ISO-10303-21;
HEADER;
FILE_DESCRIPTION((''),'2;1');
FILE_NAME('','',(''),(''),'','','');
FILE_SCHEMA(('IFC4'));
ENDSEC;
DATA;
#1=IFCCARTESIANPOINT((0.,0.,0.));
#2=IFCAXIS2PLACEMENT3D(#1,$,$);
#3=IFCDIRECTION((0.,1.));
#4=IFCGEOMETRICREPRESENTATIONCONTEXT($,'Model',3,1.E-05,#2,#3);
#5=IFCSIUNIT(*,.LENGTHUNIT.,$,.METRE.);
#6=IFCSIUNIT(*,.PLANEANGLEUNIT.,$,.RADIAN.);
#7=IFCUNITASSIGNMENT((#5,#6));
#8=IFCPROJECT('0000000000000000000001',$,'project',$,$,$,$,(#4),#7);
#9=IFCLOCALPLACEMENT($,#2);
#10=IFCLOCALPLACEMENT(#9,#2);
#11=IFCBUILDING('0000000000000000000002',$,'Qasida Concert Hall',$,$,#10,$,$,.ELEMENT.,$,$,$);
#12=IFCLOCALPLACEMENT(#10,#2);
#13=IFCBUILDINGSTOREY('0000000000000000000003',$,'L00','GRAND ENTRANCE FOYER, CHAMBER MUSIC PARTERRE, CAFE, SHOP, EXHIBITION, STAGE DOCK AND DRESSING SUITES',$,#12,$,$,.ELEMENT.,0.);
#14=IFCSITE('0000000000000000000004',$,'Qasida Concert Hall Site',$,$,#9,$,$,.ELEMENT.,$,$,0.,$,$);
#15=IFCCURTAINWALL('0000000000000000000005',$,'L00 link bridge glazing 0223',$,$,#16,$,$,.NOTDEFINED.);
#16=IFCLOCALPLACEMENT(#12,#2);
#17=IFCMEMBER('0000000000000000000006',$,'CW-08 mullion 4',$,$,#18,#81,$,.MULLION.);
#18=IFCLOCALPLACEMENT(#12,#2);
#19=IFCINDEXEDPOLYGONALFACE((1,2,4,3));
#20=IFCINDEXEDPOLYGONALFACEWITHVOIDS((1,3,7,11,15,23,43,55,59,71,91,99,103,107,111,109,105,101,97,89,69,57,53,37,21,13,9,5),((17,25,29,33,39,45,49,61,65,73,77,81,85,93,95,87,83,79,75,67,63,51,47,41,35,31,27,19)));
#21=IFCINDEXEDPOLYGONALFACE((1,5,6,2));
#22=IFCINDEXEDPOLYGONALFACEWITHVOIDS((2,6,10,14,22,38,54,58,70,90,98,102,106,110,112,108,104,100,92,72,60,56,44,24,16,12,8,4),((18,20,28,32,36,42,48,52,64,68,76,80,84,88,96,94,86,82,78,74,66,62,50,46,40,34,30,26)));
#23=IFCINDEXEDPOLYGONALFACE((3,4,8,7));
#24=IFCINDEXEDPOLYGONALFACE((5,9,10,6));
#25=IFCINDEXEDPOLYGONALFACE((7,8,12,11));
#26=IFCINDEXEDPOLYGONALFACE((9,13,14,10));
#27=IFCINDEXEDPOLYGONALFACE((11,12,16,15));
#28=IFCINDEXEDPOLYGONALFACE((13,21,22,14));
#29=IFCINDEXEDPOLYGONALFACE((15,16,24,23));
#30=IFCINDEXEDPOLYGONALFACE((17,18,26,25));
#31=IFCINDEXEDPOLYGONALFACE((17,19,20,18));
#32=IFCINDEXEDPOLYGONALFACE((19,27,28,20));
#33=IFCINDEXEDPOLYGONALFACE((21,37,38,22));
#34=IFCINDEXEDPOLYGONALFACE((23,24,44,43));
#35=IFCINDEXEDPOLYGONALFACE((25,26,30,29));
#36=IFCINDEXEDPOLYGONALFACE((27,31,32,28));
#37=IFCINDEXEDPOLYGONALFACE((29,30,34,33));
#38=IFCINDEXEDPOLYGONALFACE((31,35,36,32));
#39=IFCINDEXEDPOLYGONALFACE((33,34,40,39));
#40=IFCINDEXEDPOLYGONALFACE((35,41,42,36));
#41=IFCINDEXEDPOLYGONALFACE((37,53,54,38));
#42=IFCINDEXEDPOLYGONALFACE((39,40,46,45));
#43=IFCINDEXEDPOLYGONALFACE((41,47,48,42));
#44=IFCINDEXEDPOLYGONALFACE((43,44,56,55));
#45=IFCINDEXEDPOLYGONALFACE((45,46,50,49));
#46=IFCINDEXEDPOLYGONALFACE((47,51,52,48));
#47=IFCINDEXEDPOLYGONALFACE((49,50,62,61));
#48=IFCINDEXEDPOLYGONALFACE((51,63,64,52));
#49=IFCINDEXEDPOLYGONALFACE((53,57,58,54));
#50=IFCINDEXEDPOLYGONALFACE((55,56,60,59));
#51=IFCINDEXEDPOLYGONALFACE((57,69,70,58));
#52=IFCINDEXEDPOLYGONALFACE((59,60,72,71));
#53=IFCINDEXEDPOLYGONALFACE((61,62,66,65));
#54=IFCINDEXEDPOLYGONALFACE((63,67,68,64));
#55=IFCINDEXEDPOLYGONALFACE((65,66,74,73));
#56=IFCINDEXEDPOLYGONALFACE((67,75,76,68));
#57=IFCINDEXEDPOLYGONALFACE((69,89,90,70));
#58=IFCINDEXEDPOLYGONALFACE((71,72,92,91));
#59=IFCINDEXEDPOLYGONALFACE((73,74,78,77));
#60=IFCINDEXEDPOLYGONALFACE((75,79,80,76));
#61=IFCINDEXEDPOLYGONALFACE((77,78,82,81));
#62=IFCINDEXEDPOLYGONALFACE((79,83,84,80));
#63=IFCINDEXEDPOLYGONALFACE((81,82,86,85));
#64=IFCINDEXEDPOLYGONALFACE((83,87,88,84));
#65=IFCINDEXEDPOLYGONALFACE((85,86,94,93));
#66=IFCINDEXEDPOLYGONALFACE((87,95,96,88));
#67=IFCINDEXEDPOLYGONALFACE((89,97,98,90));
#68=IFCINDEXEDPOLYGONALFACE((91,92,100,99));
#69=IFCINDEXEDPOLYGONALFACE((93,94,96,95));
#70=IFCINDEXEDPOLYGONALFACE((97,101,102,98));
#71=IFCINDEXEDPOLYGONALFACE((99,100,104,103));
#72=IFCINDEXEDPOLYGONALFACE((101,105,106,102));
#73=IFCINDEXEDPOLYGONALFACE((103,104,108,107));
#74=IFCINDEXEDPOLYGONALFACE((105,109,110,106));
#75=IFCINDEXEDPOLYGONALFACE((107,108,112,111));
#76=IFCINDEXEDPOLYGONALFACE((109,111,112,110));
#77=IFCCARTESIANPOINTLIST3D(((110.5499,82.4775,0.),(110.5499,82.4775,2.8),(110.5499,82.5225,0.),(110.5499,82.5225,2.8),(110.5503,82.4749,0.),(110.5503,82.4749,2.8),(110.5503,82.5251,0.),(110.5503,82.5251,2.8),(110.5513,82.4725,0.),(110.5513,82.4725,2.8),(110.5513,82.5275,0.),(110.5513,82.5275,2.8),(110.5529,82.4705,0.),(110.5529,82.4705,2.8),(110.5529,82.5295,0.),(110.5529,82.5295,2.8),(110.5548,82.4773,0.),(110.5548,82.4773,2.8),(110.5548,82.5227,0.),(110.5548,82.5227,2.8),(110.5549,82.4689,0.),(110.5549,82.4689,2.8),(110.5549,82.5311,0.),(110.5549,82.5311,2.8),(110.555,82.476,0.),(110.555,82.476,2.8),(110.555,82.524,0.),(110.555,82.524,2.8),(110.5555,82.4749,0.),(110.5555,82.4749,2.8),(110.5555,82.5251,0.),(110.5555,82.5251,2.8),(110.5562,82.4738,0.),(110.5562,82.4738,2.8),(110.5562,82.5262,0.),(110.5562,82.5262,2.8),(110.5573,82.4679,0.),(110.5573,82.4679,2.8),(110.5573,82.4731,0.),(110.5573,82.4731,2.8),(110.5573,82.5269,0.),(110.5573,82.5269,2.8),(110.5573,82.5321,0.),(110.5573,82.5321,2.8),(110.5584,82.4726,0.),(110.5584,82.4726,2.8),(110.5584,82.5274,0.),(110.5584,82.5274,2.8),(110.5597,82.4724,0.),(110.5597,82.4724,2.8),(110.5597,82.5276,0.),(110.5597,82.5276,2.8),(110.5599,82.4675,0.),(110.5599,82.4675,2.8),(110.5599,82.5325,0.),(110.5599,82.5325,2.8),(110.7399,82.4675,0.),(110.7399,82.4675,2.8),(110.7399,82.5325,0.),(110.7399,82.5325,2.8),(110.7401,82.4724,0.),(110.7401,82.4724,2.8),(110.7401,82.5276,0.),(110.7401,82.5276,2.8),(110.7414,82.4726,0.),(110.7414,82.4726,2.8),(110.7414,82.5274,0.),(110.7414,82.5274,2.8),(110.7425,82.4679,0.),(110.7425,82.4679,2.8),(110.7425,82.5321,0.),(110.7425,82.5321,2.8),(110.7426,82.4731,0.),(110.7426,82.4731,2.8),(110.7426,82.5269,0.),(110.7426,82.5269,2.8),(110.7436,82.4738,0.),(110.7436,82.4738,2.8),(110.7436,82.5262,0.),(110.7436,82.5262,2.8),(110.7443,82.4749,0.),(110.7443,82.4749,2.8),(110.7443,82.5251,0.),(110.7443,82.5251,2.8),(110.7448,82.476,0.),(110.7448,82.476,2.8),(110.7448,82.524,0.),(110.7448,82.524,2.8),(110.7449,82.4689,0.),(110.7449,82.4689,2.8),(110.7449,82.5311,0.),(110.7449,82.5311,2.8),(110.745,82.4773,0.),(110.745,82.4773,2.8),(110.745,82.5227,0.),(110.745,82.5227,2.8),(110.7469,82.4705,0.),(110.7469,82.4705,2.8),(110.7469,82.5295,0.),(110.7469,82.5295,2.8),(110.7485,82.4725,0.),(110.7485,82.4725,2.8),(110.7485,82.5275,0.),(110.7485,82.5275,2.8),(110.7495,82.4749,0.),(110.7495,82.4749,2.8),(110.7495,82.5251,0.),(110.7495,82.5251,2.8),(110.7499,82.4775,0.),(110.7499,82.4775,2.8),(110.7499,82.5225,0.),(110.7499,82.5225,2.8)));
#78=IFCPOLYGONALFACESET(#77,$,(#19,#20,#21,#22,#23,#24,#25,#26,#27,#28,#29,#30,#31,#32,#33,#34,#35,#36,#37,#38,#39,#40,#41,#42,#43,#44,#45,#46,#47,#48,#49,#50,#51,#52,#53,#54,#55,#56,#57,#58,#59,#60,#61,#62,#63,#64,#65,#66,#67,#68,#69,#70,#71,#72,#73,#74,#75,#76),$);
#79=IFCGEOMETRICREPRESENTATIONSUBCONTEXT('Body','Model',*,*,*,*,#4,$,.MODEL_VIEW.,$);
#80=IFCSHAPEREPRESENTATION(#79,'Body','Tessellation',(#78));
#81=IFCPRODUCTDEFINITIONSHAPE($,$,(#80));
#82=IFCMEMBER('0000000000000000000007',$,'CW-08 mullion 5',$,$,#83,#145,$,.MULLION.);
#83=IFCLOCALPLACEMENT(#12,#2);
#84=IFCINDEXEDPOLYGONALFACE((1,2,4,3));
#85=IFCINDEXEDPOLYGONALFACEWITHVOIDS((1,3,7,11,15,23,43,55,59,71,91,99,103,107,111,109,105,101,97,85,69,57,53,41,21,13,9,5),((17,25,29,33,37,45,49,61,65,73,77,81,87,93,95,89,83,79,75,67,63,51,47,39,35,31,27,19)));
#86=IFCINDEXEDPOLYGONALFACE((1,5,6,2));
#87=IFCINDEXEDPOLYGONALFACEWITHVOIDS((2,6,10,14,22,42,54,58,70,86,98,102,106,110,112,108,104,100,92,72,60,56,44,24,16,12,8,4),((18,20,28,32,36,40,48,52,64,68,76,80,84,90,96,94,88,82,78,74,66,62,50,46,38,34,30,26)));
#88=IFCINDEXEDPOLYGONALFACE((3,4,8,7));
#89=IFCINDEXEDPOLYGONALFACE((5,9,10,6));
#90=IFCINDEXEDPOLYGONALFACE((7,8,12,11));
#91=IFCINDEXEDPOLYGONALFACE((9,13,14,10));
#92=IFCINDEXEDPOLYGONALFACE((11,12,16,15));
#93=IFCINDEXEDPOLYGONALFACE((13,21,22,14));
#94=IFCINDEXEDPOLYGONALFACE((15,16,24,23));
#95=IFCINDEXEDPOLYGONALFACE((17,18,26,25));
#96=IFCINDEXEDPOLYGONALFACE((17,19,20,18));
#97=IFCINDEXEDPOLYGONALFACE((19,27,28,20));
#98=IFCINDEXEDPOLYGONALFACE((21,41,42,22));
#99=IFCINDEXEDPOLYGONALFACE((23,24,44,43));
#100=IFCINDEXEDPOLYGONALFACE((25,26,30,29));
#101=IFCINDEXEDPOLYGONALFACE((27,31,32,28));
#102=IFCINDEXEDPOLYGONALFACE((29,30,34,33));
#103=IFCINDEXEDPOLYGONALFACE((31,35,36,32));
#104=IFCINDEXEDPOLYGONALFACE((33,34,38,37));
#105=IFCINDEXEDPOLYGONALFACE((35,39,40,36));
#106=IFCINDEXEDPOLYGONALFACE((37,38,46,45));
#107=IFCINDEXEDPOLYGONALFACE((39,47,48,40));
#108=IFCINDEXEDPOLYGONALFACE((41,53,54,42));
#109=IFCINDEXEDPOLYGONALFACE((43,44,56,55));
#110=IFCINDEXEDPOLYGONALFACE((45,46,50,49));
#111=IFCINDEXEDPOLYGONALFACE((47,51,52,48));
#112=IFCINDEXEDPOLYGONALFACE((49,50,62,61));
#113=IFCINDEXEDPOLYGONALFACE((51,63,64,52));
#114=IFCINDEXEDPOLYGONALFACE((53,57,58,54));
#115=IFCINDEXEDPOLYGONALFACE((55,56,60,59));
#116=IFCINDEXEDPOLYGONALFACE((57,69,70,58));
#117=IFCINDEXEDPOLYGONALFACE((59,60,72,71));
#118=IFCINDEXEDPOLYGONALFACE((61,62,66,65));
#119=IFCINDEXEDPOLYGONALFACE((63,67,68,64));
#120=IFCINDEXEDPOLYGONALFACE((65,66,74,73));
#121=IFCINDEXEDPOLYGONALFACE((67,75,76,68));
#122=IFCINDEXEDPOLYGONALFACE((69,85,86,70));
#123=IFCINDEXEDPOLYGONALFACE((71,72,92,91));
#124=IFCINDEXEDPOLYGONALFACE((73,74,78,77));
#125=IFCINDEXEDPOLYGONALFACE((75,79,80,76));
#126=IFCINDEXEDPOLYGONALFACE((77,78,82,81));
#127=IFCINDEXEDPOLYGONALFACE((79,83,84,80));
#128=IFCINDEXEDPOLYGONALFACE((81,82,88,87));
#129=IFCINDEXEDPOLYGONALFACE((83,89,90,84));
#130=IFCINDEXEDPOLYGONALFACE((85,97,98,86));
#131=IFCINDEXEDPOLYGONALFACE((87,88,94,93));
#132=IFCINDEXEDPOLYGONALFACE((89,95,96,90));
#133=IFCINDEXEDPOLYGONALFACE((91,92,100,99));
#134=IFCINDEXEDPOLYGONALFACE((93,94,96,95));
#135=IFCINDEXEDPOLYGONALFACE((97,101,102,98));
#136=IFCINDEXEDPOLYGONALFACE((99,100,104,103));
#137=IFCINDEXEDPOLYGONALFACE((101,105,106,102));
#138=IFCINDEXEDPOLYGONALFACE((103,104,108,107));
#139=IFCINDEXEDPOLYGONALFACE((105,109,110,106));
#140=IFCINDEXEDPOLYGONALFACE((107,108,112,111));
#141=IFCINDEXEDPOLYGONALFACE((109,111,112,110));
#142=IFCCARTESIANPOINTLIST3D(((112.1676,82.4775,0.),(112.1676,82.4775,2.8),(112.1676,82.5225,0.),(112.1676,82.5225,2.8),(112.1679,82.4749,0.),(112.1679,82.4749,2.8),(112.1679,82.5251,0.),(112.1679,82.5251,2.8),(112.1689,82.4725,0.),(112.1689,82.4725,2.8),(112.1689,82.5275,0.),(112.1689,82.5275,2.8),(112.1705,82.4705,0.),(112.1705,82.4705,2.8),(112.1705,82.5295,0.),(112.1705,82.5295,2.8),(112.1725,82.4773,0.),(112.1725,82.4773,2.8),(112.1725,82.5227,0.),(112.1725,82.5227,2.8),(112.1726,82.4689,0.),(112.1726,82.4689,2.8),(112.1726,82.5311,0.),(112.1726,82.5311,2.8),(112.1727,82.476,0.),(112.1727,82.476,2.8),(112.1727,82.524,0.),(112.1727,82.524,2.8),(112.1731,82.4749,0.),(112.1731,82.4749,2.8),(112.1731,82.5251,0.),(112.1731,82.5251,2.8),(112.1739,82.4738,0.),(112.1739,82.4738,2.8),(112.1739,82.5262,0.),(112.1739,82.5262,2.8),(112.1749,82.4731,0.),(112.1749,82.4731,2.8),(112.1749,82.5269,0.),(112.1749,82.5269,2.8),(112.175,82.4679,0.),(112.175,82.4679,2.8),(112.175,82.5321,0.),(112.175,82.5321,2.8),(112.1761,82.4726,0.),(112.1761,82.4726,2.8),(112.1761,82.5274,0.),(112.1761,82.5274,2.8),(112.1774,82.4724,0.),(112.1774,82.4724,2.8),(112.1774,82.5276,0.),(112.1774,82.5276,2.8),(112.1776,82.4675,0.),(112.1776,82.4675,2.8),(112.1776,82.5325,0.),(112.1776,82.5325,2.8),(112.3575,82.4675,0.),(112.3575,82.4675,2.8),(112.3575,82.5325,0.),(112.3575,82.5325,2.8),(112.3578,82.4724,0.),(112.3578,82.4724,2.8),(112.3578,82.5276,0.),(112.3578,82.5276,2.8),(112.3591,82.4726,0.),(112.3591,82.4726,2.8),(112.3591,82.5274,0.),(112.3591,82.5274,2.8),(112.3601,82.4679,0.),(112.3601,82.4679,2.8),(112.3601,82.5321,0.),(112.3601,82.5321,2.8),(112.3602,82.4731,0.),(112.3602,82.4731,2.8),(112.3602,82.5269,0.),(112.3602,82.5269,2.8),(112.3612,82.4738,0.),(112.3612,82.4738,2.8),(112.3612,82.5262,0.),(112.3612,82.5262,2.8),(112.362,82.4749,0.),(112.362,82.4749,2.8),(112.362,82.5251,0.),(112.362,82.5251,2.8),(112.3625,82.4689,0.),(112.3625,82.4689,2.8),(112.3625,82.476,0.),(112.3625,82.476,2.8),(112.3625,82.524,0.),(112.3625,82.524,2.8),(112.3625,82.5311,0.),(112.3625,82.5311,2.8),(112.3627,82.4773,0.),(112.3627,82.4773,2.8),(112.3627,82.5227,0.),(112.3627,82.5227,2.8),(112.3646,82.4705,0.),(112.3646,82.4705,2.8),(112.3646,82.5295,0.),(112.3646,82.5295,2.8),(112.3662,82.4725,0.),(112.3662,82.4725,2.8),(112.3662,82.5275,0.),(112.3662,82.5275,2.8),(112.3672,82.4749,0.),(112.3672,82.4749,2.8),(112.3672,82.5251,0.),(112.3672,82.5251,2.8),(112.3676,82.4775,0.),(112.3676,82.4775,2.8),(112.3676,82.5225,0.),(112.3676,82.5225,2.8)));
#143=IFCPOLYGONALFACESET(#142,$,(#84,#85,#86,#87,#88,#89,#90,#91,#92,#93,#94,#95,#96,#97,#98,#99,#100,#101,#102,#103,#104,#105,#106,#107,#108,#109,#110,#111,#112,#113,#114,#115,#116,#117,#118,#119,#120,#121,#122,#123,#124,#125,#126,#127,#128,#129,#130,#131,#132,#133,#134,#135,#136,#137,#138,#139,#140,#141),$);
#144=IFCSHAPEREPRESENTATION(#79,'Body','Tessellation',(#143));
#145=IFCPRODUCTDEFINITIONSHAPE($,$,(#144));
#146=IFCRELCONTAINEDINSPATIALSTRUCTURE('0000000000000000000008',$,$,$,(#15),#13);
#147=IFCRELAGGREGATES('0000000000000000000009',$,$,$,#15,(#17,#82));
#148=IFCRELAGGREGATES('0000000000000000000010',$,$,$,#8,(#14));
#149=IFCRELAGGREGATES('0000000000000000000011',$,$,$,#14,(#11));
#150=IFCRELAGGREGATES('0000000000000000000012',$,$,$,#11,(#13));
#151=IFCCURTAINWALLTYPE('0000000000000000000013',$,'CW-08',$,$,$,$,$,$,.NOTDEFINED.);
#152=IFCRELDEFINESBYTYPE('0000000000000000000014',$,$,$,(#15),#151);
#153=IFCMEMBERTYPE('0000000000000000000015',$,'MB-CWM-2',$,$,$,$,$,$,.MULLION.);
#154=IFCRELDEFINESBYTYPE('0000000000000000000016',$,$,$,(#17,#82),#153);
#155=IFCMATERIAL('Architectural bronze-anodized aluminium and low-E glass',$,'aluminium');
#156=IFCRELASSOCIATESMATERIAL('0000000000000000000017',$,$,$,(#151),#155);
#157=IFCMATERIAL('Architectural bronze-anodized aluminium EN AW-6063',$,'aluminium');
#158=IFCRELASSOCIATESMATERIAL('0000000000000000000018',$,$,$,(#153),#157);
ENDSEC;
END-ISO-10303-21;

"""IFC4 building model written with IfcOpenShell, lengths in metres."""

from ifc_helpers import new_model, si_unit, direction, frame, origin, origin_2d, place, context, subcontext, project, spatial, hollow_rectangle, extrude, material, material_profile, profile_set, type_object, element, aggregate, save


model = new_model("IFC4")

# Units and contexts
model_context = context("Model", 3, precision=1e-05, world=origin(), true_north=direction((0.0, 1.0)))
body_context = subcontext(model_context, "Body", "Model", "MODEL_VIEW")
ifc_project = project(units=[si_unit("LENGTHUNIT", "METRE"), si_unit("PLANEANGLEUNIT", "RADIAN")], contexts=[model_context])

# Site, building, storey
site_placement = place(None, origin())
site = spatial("IfcSite", under=ifc_project, at=site_placement, Name="Qasida Concert Hall Site", CompositionType="ELEMENT", RefElevation=0.0)
building_placement = place(site_placement, origin())
building = spatial("IfcBuilding", under=site, at=building_placement, Name="Qasida Concert Hall", CompositionType="ELEMENT")
storey_placement = place(building_placement, origin())
storey = spatial("IfcBuildingStorey", under=building, at=storey_placement, Name="L00", Description="GRAND ENTRANCE FOYER, CHAMBER MUSIC PARTERRE, CAFE, SHOP, EXHIBITION, STAGE DOCK AND DRESSING SUITES", CompositionType="ELEMENT", Elevation=0.0)

# Curtain wall, members
ifc_material_1 = material(Name="Architectural bronze-anodized aluminium and low-E glass", Category="aluminium")
curtain_wall_type = type_object("IfcCurtainWallType", Name="CW-08", PredefinedType="NOTDEFINED", material=ifc_material_1)
curtain_wall_1_placement = place(storey_placement, origin())
curtain_wall_1 = element("IfcCurtainWall", 1, at=curtain_wall_1_placement, inside=storey, type_object=curtain_wall_type, Name="L00 link bridge glazing 0223", PredefinedType="NOTDEFINED")
ifc_material_2 = material(Name="Architectural bronze-anodized aluminium EN AW-6063", Category="aluminium")
ifc_material_profile_1 = material_profile(ifc_material_2, hollow_rectangle(XDim=0.0649, YDim=0.2, WallThickness=0.0049, InnerFilletRadius=0.0049, OuterFilletRadius=0.01, at=origin_2d()), Name="CWM 200x65x5")
ifc_profile_set_1 = profile_set([ifc_material_profile_1], Name="Architectural bronze-anodized aluminium EN AW-6063")
member_type_1 = type_object("IfcMemberType", Name="MB-CWM-2", PredefinedType="MULLION", material=ifc_profile_set_1)
member_1_placement = place(storey_placement, frame((110.6499, 82.5, 0.0), z_axis=(0.0, 0.0, 1.0), x_axis=(0.0, 1.0, 0.0)))
member_1 = element("IfcMember", 2, at=member_1_placement, type_object=member_type_1, Name="CW-08 mullion 4", PredefinedType="MULLION", context=body_context, shape_type="SweptSolid", body=[
    extrude(hollow_rectangle(XDim=0.0649, YDim=0.2, WallThickness=0.0049, InnerFilletRadius=0.0049, OuterFilletRadius=0.01, at=origin_2d()), origin(), (0.0, 0.0, 1.0), 2.8),
])
member_2_placement = place(storey_placement, frame((112.2676, 82.5, 0.0), z_axis=(0.0, 0.0, 1.0), x_axis=(0.0, 1.0, 0.0)))
member_2 = element("IfcMember", 3, at=member_2_placement, type_object=member_type_1, Name="CW-08 mullion 5", PredefinedType="MULLION", context=body_context, shape_type="SweptSolid", body=[
    extrude(hollow_rectangle(XDim=0.0649, YDim=0.2, WallThickness=0.0049, InnerFilletRadius=0.0049, OuterFilletRadius=0.01, at=origin_2d()), origin(), (0.0, 0.0, 1.0), 2.8),
])

aggregate(curtain_wall_1, [member_1, member_2])

save(model, "model.ifc")
